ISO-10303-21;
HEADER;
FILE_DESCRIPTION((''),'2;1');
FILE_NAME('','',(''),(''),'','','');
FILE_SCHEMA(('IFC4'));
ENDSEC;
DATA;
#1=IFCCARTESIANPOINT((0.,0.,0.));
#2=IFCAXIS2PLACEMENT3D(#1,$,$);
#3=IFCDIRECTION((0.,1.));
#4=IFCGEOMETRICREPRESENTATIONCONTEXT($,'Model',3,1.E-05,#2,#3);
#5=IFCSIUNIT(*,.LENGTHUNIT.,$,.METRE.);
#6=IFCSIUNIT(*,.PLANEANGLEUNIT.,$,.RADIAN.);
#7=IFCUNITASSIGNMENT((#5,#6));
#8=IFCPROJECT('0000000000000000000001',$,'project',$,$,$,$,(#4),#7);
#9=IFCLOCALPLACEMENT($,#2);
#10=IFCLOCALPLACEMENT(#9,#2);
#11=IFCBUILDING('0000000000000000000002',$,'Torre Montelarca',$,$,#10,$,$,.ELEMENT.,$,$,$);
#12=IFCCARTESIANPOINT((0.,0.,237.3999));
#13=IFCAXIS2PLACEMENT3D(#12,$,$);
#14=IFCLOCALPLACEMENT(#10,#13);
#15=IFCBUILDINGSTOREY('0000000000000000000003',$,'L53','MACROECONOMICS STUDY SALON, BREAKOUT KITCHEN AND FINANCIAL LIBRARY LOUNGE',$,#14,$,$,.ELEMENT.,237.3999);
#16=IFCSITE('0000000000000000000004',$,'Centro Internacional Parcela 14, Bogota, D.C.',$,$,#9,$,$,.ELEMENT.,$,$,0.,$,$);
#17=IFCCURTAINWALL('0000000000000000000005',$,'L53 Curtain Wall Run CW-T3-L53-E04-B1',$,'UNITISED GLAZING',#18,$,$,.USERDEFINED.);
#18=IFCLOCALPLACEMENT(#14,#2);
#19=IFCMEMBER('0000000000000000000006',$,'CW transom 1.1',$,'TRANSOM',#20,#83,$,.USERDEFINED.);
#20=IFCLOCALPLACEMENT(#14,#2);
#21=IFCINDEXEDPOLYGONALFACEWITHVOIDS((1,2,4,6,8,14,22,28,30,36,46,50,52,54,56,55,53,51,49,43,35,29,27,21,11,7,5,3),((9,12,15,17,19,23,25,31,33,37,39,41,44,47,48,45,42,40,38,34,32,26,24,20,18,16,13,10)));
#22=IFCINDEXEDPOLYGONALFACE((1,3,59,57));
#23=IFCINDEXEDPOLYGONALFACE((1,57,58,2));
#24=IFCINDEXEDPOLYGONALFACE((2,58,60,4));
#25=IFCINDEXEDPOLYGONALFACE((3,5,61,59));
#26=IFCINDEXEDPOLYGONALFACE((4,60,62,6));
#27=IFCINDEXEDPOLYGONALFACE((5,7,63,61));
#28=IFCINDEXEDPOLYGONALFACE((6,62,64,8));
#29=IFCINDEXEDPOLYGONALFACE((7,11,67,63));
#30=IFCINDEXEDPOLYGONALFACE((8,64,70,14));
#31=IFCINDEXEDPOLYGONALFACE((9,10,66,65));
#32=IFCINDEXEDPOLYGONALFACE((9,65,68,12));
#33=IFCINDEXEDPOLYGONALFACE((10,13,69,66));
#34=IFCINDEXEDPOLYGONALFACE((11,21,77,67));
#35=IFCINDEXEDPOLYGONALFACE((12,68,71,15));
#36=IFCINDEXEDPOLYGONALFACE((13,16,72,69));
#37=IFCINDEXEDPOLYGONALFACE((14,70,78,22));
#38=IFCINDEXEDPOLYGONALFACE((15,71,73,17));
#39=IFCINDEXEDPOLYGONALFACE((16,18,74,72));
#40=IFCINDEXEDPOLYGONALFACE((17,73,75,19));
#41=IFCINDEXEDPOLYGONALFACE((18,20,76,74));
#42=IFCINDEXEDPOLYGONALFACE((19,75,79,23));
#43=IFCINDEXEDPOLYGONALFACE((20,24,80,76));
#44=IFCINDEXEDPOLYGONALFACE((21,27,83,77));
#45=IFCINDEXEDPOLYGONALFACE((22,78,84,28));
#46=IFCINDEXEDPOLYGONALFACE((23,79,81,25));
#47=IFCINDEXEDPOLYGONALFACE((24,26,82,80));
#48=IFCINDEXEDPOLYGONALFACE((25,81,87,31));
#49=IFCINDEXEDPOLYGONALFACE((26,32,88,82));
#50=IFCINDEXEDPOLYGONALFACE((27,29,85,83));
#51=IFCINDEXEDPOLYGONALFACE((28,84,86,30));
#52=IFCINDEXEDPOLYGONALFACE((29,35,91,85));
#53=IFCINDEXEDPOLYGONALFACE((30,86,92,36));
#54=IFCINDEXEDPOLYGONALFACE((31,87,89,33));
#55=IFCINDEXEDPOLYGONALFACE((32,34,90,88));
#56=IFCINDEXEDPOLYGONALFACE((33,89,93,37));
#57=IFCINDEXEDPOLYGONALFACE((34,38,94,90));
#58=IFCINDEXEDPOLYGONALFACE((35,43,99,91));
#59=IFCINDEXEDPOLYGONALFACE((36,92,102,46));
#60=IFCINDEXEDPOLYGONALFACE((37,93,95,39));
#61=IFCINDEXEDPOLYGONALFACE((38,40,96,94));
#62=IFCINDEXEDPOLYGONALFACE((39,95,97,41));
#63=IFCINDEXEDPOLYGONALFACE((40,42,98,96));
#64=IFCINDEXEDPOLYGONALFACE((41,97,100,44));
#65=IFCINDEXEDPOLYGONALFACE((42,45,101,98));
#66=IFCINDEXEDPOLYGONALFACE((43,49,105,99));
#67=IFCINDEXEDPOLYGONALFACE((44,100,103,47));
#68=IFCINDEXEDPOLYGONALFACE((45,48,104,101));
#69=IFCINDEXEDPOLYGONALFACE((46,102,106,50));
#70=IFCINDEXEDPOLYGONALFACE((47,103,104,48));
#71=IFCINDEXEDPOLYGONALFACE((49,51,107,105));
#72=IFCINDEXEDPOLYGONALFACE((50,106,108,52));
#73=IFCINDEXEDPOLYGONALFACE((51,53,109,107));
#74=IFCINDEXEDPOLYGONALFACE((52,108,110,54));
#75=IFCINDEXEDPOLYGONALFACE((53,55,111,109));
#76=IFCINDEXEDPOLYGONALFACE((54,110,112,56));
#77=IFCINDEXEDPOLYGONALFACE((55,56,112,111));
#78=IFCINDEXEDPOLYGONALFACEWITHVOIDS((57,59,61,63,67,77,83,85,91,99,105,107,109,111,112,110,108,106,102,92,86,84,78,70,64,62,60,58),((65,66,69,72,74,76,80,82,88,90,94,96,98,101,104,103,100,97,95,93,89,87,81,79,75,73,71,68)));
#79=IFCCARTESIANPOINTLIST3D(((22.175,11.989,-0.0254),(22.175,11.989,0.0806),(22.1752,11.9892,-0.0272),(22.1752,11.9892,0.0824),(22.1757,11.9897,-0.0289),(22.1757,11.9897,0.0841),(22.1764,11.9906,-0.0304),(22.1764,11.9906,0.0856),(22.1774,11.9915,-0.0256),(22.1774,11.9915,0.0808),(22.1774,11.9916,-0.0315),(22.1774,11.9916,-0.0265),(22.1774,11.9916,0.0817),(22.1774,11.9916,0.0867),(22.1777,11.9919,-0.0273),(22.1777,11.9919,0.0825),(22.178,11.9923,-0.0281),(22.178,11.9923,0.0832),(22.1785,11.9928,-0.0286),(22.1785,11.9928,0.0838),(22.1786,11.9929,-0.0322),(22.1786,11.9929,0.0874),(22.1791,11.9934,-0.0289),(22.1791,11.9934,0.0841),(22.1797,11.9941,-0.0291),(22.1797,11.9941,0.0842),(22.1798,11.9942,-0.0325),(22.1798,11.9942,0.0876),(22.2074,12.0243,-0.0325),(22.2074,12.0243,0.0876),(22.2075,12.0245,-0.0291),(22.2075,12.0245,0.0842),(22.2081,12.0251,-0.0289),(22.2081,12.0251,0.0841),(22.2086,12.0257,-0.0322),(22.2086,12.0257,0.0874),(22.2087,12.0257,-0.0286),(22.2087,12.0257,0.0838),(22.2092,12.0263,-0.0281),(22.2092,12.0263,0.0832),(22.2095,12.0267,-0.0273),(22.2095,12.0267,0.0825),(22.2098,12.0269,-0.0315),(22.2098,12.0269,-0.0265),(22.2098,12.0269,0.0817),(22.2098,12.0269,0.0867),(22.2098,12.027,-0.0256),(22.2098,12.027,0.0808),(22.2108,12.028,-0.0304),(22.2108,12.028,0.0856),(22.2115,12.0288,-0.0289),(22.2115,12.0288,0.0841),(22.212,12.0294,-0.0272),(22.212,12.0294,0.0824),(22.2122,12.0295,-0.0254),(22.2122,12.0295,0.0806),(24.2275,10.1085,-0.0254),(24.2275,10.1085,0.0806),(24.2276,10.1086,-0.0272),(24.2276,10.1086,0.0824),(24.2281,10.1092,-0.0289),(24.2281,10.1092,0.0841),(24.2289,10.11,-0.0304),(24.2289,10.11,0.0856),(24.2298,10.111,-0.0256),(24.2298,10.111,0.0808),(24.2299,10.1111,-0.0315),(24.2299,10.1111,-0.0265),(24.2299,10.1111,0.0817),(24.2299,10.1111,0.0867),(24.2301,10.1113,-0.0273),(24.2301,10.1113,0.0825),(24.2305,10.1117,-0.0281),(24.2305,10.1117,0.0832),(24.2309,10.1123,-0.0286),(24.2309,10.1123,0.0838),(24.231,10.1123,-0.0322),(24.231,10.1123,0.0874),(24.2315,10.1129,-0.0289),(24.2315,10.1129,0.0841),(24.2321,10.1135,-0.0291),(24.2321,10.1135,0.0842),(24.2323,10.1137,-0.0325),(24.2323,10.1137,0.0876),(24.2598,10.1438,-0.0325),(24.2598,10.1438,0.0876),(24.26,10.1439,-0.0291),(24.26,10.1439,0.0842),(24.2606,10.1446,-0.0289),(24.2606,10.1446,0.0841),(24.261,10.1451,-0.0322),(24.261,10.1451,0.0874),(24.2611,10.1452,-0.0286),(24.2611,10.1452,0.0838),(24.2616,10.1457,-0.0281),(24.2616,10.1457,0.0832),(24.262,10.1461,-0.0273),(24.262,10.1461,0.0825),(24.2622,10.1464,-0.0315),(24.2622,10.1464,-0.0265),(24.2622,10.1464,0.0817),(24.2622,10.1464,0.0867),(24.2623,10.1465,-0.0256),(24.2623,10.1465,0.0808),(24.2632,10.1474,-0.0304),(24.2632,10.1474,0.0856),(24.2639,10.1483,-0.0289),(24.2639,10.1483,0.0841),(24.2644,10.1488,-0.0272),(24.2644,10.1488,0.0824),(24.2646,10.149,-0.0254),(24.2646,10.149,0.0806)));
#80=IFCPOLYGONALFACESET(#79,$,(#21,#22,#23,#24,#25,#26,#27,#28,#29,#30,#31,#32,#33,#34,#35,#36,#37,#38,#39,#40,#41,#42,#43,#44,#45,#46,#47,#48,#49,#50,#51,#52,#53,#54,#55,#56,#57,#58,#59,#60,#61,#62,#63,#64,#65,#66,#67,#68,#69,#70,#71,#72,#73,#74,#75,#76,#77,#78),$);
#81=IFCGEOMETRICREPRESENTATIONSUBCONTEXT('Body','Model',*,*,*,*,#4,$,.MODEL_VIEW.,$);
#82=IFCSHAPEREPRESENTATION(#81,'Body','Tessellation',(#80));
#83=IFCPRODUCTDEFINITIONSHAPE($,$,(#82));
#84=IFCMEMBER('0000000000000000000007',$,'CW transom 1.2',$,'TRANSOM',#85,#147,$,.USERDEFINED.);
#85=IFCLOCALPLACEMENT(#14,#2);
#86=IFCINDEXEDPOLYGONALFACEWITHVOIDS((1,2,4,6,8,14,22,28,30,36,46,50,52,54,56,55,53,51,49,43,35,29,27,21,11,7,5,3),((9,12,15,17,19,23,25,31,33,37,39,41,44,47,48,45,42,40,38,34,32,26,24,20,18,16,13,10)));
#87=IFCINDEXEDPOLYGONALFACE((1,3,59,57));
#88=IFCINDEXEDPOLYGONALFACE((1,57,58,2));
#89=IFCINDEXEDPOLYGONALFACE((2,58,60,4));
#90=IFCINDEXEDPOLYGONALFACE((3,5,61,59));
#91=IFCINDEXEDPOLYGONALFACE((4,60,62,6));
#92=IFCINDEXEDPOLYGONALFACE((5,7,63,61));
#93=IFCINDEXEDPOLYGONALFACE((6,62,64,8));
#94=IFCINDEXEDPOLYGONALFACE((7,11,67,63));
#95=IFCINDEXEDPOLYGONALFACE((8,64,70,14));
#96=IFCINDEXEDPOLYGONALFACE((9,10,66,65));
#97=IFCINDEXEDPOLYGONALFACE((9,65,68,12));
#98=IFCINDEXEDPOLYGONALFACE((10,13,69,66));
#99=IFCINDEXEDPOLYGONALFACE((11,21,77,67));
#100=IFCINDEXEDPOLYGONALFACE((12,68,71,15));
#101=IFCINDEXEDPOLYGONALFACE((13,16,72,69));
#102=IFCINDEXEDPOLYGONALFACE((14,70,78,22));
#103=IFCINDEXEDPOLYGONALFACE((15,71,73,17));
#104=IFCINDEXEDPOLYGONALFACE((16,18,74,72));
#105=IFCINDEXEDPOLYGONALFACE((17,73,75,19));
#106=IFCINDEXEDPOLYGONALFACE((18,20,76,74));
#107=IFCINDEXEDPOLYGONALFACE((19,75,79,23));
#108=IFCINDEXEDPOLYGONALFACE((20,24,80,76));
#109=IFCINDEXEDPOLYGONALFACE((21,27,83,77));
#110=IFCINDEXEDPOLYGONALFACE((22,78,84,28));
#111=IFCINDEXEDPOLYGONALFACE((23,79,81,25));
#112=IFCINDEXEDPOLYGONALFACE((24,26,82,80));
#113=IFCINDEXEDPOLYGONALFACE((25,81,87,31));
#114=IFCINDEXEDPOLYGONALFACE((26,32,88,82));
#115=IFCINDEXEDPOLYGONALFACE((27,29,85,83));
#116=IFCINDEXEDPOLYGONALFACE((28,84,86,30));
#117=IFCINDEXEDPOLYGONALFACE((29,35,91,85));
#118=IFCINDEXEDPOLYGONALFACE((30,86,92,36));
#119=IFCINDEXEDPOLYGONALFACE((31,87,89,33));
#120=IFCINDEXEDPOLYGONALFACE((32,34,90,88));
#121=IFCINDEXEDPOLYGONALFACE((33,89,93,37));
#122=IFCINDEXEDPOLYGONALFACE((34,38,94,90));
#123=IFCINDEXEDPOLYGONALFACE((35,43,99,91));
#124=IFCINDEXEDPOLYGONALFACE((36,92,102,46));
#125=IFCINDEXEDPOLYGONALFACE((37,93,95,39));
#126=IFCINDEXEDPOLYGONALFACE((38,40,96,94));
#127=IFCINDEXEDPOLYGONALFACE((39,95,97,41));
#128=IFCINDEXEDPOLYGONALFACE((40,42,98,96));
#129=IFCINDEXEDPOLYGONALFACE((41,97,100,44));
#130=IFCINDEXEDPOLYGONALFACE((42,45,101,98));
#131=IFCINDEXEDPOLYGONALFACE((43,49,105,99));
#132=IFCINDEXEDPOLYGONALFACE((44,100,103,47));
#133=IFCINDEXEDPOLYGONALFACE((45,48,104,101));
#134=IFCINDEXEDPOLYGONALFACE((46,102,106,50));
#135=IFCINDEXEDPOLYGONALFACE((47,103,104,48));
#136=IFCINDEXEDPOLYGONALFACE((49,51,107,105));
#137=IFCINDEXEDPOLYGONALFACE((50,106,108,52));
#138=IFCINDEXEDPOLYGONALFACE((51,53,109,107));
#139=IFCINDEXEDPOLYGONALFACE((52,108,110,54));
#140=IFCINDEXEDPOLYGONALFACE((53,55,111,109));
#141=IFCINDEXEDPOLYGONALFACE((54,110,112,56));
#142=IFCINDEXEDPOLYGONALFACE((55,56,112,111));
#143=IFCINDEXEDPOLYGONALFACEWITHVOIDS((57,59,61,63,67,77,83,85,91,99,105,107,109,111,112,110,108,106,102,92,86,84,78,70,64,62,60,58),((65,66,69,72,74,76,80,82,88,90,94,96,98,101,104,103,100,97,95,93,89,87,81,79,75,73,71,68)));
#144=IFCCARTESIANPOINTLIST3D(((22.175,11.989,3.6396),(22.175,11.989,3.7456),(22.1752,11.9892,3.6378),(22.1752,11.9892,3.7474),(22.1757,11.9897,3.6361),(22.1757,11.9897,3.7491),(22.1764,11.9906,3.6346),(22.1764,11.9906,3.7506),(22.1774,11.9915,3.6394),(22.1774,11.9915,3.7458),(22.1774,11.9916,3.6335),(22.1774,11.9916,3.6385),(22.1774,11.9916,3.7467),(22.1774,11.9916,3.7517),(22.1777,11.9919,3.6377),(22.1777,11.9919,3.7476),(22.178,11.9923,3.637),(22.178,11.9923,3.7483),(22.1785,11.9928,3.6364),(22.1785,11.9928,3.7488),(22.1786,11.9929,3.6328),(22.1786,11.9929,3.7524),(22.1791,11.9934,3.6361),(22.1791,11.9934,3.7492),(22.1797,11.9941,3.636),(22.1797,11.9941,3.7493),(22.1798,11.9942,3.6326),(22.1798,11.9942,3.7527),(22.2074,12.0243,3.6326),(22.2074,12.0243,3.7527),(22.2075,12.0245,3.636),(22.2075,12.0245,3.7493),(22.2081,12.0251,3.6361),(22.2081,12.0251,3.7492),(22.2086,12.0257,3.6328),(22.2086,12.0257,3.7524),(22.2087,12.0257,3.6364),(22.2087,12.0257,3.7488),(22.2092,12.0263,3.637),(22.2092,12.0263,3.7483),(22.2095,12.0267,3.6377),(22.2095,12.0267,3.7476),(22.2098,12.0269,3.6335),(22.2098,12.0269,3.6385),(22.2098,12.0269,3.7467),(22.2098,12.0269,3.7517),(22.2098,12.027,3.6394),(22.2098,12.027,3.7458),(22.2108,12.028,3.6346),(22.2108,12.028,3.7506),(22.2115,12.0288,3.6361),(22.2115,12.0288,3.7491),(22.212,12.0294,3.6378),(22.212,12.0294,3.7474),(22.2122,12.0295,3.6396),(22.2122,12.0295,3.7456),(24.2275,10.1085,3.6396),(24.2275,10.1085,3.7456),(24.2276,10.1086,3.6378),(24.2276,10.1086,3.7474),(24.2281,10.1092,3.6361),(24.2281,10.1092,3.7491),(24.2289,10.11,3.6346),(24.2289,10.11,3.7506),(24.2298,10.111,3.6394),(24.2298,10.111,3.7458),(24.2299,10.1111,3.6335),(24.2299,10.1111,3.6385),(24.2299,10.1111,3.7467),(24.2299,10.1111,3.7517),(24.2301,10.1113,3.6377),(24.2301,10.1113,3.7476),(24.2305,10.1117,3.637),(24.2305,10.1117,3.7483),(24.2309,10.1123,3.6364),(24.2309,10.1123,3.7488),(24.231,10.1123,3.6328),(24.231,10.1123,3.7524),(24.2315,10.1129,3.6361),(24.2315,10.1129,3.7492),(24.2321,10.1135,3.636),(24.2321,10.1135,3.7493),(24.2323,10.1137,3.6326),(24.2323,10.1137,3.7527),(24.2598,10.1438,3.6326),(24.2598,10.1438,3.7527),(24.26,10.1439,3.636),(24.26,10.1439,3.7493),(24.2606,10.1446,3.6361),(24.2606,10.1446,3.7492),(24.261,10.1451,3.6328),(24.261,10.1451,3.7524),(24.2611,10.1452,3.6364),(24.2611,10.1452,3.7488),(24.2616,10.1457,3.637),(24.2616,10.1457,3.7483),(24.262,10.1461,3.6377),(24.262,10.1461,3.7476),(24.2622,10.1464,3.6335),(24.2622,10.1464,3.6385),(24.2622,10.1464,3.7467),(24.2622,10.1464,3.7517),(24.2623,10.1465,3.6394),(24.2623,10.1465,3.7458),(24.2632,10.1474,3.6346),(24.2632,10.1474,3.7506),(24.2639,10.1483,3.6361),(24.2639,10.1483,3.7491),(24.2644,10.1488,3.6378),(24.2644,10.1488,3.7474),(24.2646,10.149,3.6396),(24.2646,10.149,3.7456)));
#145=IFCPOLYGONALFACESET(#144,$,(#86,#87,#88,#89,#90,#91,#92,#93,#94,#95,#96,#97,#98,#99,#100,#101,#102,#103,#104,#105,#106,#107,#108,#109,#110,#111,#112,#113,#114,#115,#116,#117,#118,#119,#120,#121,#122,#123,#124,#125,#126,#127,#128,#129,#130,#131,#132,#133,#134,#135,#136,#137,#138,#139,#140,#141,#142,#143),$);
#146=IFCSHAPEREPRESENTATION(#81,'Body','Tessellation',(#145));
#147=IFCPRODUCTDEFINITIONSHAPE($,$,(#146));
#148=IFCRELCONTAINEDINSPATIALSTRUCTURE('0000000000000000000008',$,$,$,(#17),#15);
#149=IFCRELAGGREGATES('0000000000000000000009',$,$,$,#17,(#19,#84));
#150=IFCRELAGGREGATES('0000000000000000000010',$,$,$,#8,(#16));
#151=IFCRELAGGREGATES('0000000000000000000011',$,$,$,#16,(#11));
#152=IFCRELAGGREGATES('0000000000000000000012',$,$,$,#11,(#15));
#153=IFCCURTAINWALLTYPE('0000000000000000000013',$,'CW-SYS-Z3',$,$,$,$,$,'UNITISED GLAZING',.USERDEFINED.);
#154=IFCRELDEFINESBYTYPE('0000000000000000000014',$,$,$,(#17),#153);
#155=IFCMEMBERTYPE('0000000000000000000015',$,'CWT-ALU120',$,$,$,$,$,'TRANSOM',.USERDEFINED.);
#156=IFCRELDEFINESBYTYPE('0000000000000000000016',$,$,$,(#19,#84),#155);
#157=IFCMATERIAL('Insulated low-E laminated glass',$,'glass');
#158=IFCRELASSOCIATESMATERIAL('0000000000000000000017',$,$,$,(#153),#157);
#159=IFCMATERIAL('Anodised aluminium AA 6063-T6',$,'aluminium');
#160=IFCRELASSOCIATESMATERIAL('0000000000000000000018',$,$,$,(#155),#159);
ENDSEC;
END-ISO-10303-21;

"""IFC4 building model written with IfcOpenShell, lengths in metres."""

from ifc_helpers import new_model, si_unit, direction, frame, origin, origin_2d, place, context, subcontext, project, spatial, hollow_rectangle, extrude, source, transform, mapped, material, material_profile, profile_set, type_object, element, aggregate, save


model = new_model("IFC4")

# Units and contexts
model_context = context("Model", 3, precision=1e-05, world=origin(), true_north=direction((0.0, 1.0)))
body_context = subcontext(model_context, "Body", "Model", "MODEL_VIEW")
ifc_project = project(units=[si_unit("LENGTHUNIT", "METRE"), si_unit("PLANEANGLEUNIT", "RADIAN")], contexts=[model_context])

# Site, building, storey
site_placement = place(None, origin())
site = spatial("IfcSite", under=ifc_project, at=site_placement, Name="Centro Internacional Parcela 14, Bogota, D.C.", CompositionType="ELEMENT", RefElevation=0.0)
building_placement = place(site_placement, origin())
building = spatial("IfcBuilding", under=site, at=building_placement, Name="Torre Montelarca", CompositionType="ELEMENT")
storey_placement = place(building_placement, frame((0.0, 0.0, 237.3999)))
storey = spatial("IfcBuildingStorey", under=building, at=storey_placement, Name="L53", Description="MACROECONOMICS STUDY SALON, BREAKOUT KITCHEN AND FINANCIAL LIBRARY LOUNGE", CompositionType="ELEMENT", Elevation=237.3999)

# Curtain wall, members
ifc_material_1 = material(Name="Insulated low-E laminated glass", Category="glass")
curtain_wall_type = type_object("IfcCurtainWallType", Name="CW-SYS-Z3", ElementType="UNITISED GLAZING", PredefinedType="USERDEFINED", material=ifc_material_1)
ifc_material_2 = material(Name="Anodised aluminium AA 6063-T6", Category="aluminium")
ifc_material_profile_1 = material_profile(ifc_material_2, hollow_rectangle(XDim=0.0549, YDim=0.1201, WallThickness=0.0034, InnerFilletRadius=0.0034, OuterFilletRadius=0.0071, at=origin_2d()), Name="ALU55X120X3.5", Category="aluminium")
ifc_profile_set_1 = profile_set([ifc_material_profile_1], Name="Anodised aluminium AA 6063-T6")
member_type_1 = type_object("IfcMemberType", Name="CWT-ALU120", ElementType="TRANSOM", PredefinedType="USERDEFINED", material=ifc_profile_set_1)
curtain_wall_1_placement = place(storey_placement, origin())
curtain_wall_1 = element("IfcCurtainWall", 1, at=curtain_wall_1_placement, inside=storey, type_object=curtain_wall_type, Name="L53 Curtain Wall Run CW-T3-L53-E04-B1", ObjectType="UNITISED GLAZING", PredefinedType="USERDEFINED")
shared_shape_1 = source(origin(), body_context, "Body", "SweptSolid", [
    extrude(hollow_rectangle(XDim=0.0549, YDim=0.1201, WallThickness=0.0034, InnerFilletRadius=0.0034, OuterFilletRadius=0.0071, at=origin_2d()), origin(), (0.0, 0.0, 1.0), 2.7837),
])
member_1_placement = place(storey_placement, frame((22.1936, 12.0093, 0.0276), z_axis=(0.737303, -0.675562, 0.0), x_axis=(0.675562, 0.737303, 0.0)))
member_1 = element("IfcMember", 2, at=member_1_placement, type_object=member_type_1, Name="CW transom 1.1", ObjectType="TRANSOM", PredefinedType="USERDEFINED", context=body_context, shape_type="MappedRepresentation", body=[
    mapped(shared_shape_1, transform((0.0, 0.0, 0.0), scale=1.0)),
])
member_2_placement = place(storey_placement, frame((22.1936, 12.0093, 3.6926), z_axis=(0.737303, -0.675562, 0.0), x_axis=(0.675562, 0.737303, 0.0)))
member_2 = element("IfcMember", 3, at=member_2_placement, type_object=member_type_1, Name="CW transom 1.2", ObjectType="TRANSOM", PredefinedType="USERDEFINED", context=body_context, shape_type="MappedRepresentation", body=[
    mapped(shared_shape_1, transform((0.0, 0.0, 0.0), scale=1.0)),
])

aggregate(curtain_wall_1, [member_1, member_2])

save(model, "model.ifc")
